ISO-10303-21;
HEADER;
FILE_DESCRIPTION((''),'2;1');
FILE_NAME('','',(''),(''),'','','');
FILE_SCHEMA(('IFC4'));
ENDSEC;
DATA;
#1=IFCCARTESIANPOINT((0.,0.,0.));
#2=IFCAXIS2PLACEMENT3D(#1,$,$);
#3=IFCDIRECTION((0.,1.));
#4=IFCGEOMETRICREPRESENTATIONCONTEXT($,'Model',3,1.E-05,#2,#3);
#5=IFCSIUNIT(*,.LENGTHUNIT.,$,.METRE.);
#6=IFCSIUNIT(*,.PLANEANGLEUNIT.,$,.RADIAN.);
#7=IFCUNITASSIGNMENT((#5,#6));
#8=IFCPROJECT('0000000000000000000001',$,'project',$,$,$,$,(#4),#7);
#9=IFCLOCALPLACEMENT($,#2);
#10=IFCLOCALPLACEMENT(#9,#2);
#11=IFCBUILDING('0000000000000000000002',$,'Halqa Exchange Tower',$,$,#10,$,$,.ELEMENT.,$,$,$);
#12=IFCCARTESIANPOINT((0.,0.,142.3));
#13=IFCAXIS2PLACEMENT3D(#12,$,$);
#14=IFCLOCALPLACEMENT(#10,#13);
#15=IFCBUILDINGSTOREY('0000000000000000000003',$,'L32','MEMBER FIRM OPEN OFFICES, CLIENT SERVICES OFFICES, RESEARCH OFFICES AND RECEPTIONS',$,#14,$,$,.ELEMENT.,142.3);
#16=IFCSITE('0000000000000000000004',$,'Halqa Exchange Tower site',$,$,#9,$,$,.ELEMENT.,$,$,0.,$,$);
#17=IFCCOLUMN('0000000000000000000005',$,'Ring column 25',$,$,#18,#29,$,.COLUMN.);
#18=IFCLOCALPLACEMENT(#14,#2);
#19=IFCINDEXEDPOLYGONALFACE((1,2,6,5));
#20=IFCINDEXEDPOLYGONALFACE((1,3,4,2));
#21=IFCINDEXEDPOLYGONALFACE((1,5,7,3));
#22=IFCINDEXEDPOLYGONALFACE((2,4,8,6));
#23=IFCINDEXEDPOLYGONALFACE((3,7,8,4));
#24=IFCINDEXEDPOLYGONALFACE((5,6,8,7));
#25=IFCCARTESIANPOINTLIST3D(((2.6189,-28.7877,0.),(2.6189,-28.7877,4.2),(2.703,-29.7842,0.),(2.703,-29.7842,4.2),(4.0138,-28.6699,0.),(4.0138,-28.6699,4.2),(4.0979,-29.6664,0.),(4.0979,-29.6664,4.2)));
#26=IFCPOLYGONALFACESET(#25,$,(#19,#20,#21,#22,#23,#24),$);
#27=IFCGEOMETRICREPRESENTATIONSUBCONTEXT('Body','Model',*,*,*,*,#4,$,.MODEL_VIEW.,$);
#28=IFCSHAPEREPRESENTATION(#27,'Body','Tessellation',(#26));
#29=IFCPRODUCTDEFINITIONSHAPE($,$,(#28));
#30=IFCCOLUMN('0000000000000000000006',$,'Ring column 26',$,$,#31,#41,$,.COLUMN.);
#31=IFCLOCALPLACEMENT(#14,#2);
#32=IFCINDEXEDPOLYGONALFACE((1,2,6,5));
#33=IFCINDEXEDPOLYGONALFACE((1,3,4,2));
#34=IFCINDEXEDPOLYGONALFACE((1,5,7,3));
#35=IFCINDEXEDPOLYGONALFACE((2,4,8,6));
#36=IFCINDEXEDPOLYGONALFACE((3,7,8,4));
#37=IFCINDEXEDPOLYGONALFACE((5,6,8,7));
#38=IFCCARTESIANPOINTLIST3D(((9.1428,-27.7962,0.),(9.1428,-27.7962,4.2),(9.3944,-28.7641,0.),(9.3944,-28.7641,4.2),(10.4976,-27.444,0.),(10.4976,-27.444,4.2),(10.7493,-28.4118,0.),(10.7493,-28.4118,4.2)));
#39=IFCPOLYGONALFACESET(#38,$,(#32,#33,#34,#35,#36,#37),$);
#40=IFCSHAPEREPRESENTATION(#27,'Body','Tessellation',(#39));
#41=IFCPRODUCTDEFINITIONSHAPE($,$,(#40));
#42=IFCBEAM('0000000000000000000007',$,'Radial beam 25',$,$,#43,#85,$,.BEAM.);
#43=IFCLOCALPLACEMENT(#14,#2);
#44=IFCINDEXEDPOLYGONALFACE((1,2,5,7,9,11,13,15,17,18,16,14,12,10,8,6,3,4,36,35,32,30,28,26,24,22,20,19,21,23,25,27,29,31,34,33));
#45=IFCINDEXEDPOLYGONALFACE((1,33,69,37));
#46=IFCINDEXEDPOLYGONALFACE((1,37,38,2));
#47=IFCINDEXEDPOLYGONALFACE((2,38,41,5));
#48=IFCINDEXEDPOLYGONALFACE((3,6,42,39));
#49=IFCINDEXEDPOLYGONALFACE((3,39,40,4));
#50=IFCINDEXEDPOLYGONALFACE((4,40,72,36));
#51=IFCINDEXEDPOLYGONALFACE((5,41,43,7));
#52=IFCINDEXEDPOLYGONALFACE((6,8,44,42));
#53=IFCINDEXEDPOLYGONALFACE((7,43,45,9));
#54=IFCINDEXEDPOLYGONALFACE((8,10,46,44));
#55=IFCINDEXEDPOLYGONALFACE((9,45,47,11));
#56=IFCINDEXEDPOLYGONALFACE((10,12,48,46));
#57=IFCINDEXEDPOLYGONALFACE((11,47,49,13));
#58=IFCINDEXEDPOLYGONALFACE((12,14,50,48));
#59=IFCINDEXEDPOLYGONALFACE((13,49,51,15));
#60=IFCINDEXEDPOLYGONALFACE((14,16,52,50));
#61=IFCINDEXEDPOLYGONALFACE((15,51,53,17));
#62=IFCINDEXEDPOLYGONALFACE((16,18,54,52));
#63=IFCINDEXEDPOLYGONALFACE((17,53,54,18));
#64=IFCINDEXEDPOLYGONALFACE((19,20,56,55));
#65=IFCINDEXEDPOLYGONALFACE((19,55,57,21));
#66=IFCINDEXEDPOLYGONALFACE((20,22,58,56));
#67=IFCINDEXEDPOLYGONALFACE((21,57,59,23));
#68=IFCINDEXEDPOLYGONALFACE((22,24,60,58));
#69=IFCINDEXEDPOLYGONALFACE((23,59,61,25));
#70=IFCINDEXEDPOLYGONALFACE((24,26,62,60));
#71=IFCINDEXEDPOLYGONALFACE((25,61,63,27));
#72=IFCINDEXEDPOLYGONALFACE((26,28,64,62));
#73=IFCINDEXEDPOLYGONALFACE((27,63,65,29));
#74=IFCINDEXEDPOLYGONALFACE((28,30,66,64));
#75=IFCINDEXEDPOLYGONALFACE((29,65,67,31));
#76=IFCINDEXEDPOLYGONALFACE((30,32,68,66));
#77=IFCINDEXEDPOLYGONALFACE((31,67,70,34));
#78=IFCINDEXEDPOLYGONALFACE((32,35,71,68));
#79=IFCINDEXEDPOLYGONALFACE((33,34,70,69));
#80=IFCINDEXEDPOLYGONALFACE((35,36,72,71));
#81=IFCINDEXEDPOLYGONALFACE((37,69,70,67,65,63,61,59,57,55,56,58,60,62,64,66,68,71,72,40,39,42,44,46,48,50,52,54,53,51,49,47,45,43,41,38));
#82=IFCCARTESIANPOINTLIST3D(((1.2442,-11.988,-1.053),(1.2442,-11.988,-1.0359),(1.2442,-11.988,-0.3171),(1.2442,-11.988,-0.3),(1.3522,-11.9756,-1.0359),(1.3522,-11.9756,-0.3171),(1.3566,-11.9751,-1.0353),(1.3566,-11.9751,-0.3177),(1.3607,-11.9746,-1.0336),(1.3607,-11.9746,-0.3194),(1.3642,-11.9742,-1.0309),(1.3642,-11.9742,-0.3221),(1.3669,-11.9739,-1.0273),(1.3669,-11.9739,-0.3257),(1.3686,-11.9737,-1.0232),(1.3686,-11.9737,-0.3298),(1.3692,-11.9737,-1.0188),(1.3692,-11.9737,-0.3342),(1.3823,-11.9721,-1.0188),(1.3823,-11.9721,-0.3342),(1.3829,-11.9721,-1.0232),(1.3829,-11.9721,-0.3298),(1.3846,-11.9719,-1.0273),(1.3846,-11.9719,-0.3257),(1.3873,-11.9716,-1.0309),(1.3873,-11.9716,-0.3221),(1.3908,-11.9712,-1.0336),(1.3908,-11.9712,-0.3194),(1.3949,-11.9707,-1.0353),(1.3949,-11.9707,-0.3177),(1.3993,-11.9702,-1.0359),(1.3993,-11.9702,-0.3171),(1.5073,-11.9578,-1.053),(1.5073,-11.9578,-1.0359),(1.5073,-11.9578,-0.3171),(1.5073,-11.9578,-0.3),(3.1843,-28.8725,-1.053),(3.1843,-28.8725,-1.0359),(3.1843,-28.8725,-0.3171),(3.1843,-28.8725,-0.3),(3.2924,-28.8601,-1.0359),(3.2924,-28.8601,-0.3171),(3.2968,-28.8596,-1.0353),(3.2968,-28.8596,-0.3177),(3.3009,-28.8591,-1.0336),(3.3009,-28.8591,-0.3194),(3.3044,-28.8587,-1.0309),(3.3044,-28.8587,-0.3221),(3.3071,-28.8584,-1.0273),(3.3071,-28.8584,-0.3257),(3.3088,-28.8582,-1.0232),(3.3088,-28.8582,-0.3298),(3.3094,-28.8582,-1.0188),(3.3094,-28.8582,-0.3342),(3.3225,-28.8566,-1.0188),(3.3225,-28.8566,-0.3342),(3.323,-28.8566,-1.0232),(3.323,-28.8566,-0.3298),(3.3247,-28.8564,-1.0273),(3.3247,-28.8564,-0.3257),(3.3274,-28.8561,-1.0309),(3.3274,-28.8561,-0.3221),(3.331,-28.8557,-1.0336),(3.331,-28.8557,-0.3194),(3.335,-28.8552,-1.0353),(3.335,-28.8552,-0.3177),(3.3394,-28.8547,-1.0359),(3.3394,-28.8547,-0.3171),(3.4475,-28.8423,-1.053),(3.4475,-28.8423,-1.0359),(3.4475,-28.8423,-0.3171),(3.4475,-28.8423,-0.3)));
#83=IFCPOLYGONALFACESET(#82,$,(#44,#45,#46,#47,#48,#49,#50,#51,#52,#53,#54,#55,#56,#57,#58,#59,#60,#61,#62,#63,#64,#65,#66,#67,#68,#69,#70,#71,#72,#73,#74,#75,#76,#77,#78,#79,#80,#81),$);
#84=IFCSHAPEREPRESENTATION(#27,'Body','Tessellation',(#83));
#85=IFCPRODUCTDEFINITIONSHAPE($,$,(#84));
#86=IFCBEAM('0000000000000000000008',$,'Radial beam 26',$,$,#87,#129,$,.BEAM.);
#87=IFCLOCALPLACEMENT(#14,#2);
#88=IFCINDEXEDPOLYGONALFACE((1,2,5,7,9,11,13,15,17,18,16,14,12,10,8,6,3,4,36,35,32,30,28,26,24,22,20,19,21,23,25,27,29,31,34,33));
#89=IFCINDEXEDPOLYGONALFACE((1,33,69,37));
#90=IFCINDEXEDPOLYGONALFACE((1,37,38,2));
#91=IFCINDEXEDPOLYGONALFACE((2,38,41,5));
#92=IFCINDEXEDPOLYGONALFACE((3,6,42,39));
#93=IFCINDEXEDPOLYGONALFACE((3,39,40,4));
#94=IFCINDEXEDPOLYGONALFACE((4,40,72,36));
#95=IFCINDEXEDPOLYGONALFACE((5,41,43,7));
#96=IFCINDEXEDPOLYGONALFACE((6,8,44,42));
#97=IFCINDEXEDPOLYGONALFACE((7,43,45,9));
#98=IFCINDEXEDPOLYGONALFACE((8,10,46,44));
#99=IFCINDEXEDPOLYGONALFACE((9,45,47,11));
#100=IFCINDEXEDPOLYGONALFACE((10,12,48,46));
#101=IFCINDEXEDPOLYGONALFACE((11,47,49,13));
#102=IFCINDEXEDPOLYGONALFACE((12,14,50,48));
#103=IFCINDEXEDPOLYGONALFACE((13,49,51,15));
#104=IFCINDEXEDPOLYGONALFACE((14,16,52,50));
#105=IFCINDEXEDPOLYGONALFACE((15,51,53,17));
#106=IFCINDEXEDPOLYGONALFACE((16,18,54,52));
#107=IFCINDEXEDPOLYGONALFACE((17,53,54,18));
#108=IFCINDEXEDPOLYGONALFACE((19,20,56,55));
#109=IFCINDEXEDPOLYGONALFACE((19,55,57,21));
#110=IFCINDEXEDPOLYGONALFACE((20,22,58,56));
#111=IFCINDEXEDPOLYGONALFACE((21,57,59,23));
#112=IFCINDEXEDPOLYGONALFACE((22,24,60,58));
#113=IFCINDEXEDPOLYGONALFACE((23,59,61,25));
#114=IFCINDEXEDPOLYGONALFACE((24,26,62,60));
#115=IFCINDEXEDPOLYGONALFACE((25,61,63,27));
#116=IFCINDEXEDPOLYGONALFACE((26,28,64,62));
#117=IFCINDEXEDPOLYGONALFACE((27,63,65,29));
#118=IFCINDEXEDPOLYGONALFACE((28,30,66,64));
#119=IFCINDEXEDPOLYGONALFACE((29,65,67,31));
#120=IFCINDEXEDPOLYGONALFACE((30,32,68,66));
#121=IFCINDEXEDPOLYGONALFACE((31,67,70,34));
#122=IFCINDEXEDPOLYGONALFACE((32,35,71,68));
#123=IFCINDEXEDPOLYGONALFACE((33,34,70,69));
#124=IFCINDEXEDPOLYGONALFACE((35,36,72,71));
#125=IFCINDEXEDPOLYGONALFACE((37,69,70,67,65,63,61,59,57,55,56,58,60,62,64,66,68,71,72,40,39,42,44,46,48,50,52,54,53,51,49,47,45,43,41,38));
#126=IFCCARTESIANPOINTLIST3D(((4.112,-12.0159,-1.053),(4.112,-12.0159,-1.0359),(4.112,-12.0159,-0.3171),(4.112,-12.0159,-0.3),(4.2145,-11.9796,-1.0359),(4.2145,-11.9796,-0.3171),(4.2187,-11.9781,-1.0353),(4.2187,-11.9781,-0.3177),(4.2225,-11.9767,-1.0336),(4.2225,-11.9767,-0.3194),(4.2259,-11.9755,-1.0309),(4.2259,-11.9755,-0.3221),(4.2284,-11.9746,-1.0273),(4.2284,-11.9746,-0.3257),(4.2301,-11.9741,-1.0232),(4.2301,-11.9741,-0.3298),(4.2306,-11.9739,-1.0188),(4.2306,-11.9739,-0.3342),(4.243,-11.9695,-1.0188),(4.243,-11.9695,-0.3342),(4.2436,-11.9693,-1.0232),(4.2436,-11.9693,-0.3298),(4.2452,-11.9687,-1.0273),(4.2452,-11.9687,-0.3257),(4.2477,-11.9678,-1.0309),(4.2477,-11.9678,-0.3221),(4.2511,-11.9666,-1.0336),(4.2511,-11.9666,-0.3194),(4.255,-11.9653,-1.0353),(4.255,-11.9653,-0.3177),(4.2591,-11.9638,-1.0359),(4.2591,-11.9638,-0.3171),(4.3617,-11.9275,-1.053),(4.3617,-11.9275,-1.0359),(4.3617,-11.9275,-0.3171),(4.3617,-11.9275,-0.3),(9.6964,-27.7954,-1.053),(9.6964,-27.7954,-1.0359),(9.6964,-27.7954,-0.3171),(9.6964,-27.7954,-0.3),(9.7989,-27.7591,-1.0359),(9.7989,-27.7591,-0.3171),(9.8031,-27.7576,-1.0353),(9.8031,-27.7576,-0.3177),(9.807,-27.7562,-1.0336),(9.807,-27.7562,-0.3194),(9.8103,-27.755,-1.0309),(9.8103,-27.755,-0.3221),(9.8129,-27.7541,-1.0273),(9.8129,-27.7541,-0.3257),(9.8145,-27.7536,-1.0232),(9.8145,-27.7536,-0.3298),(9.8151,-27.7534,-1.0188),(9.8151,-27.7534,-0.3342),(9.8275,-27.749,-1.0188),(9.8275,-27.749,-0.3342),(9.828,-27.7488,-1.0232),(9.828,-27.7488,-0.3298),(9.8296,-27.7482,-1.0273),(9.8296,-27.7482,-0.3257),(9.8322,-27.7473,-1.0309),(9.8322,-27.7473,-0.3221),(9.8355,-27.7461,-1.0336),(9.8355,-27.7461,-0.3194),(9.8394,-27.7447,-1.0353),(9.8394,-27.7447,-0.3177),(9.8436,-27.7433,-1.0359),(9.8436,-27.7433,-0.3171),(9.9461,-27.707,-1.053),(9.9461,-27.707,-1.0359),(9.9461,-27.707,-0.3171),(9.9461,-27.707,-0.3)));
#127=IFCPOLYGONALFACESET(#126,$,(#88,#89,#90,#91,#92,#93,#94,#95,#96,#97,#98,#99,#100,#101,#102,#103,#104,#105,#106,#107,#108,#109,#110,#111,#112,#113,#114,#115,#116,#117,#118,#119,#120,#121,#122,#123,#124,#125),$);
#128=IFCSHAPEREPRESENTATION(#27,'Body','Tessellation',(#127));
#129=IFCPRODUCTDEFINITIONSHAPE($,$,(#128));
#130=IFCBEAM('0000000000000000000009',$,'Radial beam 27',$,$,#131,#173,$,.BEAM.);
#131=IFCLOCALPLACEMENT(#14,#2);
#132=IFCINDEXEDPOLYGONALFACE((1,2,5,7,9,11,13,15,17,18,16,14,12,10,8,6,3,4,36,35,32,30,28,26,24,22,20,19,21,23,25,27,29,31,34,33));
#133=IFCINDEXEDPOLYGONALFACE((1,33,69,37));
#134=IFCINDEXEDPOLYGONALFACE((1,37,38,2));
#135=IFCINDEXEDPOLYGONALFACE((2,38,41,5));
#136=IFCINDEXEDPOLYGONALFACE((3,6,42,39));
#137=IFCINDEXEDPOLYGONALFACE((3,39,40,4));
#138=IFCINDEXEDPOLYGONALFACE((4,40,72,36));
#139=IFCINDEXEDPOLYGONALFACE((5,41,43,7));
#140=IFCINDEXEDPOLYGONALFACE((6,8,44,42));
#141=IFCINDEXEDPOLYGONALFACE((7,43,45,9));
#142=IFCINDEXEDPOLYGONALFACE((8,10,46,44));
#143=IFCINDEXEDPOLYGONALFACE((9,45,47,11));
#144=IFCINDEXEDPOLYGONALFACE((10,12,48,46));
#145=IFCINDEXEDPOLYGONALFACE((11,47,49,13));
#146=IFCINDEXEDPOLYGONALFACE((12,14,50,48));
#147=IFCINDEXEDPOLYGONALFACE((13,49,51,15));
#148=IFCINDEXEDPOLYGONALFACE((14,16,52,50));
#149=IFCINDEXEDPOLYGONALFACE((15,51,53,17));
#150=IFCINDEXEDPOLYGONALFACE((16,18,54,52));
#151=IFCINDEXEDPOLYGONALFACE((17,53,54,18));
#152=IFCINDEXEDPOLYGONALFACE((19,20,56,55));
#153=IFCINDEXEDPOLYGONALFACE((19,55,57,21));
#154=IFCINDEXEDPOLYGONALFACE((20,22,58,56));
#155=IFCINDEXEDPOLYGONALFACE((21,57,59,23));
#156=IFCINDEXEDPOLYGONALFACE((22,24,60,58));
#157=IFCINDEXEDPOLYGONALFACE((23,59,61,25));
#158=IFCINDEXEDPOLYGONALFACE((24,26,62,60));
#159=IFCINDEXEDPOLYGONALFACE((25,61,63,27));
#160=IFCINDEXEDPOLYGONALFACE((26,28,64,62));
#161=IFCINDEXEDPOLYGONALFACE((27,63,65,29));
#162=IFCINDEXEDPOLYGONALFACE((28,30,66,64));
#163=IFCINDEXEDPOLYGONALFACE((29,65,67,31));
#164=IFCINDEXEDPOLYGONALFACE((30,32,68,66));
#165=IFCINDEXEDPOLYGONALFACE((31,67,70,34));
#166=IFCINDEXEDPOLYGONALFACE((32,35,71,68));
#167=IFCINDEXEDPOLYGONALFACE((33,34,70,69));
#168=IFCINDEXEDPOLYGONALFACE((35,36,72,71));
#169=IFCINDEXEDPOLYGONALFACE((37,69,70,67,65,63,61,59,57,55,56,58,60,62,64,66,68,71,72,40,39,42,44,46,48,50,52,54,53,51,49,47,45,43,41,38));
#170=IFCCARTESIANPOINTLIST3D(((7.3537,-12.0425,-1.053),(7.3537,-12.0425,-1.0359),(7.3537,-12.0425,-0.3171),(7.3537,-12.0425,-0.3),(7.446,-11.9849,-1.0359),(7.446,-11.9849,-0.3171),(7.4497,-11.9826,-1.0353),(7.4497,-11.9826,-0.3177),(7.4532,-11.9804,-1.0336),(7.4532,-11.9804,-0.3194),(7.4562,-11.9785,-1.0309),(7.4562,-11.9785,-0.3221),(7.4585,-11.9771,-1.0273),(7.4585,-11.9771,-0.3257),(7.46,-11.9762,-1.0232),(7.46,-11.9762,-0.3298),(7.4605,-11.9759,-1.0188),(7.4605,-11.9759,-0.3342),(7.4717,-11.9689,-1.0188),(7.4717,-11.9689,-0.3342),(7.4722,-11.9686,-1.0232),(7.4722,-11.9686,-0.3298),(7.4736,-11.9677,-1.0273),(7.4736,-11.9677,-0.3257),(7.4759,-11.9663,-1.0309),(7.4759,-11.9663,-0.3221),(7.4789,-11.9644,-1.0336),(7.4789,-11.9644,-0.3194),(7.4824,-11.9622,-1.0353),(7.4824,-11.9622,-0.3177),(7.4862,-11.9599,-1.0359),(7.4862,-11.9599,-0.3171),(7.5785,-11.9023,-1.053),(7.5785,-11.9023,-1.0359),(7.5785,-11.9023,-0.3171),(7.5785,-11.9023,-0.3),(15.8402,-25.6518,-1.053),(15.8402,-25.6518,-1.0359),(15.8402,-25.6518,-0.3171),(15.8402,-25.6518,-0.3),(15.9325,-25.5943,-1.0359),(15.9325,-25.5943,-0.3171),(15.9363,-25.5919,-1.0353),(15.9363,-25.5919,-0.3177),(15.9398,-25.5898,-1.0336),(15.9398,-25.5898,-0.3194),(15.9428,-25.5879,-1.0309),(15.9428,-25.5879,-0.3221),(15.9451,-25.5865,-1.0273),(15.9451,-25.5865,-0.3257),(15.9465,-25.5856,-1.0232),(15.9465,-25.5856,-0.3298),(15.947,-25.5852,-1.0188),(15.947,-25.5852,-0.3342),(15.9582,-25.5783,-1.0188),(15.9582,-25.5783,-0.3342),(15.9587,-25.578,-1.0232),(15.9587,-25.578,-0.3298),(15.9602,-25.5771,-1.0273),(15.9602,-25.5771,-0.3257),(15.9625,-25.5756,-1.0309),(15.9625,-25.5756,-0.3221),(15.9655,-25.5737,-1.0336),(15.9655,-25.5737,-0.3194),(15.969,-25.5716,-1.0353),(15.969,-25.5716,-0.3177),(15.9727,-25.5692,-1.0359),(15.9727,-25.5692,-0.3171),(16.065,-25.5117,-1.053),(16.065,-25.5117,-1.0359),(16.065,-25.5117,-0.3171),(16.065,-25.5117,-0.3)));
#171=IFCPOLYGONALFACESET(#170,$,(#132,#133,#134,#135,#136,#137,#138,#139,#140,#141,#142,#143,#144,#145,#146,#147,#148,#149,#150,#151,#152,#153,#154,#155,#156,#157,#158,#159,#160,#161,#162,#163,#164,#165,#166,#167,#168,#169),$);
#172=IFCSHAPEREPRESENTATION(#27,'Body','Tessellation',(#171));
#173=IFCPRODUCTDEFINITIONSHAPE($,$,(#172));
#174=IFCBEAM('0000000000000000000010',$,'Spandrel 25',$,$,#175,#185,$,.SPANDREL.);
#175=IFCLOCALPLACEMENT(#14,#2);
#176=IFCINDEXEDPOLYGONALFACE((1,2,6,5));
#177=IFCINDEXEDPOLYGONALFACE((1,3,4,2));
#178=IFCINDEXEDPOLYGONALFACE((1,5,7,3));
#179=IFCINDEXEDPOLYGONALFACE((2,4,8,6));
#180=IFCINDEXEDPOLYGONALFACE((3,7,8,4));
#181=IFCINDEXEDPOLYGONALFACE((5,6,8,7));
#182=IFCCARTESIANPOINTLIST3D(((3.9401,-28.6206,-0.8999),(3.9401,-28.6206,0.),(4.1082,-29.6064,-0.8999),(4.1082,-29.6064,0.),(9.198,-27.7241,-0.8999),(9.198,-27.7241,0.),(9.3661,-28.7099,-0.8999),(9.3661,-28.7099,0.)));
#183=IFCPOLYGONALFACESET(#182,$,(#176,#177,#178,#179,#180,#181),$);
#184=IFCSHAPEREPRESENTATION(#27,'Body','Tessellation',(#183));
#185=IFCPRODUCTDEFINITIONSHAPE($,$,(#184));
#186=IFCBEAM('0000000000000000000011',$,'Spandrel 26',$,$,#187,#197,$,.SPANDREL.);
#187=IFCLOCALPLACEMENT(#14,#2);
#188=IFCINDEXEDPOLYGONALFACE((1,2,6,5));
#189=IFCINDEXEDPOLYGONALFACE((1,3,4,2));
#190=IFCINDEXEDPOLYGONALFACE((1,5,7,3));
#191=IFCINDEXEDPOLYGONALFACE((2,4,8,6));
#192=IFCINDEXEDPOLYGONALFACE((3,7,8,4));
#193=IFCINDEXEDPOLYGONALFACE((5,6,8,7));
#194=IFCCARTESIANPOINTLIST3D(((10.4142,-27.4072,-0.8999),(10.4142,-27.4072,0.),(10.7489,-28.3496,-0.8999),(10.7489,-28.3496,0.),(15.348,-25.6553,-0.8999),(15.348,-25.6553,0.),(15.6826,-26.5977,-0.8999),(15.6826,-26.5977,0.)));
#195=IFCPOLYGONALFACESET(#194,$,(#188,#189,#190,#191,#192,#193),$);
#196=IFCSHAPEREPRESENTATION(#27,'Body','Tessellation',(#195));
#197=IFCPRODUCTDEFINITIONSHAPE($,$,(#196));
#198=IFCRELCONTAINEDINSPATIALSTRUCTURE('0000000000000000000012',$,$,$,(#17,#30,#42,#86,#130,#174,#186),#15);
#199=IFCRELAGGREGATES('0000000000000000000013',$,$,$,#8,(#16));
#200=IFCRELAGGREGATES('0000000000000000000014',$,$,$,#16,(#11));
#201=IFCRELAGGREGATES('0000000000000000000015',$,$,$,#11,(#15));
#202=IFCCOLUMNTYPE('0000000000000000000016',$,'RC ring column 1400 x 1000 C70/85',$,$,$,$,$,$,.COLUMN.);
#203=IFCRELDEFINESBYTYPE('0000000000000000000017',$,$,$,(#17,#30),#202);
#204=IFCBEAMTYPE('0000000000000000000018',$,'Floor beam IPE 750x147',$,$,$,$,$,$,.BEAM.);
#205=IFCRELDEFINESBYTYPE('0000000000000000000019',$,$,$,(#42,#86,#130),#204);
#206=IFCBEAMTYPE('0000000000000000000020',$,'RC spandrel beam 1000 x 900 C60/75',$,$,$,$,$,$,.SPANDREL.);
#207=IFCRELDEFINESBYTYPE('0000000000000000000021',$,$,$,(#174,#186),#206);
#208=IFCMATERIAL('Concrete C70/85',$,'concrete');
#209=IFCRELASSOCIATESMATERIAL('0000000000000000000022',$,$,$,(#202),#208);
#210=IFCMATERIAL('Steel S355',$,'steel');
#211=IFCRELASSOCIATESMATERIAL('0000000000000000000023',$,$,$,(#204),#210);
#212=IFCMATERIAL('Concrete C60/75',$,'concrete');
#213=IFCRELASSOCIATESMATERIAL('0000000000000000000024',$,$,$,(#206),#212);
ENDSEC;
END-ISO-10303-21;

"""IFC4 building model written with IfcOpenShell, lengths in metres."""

from ifc_helpers import new_model, si_unit, direction, frame, origin, origin_2d, place, context, subcontext, project, spatial, rectangle, i_section, extrude, material, material_profile, profile_set, type_object, element, save


model = new_model("IFC4")

# Units and contexts
model_context = context("Model", 3, precision=1e-05, world=origin(), true_north=direction((0.0, 1.0)))
body_context = subcontext(model_context, "Body", "Model", "MODEL_VIEW")
ifc_project = project(units=[si_unit("LENGTHUNIT", "METRE"), si_unit("PLANEANGLEUNIT", "RADIAN")], contexts=[model_context])

# Site, building, storey
site_placement = place(None, origin())
site = spatial("IfcSite", under=ifc_project, at=site_placement, Name="Halqa Exchange Tower site", CompositionType="ELEMENT", RefElevation=0.0)
building_placement = place(site_placement, origin())
building = spatial("IfcBuilding", under=site, at=building_placement, Name="Halqa Exchange Tower", CompositionType="ELEMENT")
storey_placement = place(building_placement, frame((0.0, 0.0, 142.3)))
storey = spatial("IfcBuildingStorey", under=building, at=storey_placement, Name="L32", Description="MEMBER FIRM OPEN OFFICES, CLIENT SERVICES OFFICES, RESEARCH OFFICES AND RECEPTIONS", CompositionType="ELEMENT", Elevation=142.3)

# Columns
ifc_material_1 = material(Name="Concrete C70/85", Category="concrete")
ifc_material_profile_1 = material_profile(ifc_material_1, rectangle(XDim=1.3999, YDim=1.0, at=origin_2d()), Name="1400 x 1000")
ifc_profile_set_1 = profile_set([ifc_material_profile_1], Name="Concrete C70/85")
column_type = type_object("IfcColumnType", Name="RC ring column 1400 x 1000 C70/85", PredefinedType="COLUMN", material=ifc_profile_set_1)
for number, where, z_axis, x_axis, name in (
    (1, (3.3584, -29.2271, 0.0), (0.0, 0.0, 1.0), (0.996455, 0.084123, 0.0), "Ring column 25"),
    (2, (9.946, -28.104, 0.0), (0.0, 0.0, 1.0), (0.96782, 0.251645, 0.0), "Ring column 26"),
):
    element("IfcColumn", number, at=place(storey_placement, frame(where, z_axis=z_axis, x_axis=x_axis)), inside=storey, type_object=column_type, Name=name, PredefinedType="COLUMN", context=body_context, shape_type="SweptSolid", body=[
        extrude(rectangle(XDim=1.3999, YDim=1.0, at=origin_2d()), origin(), (0.0, 0.0, 1.0), 4.2),
    ])

# Beams
ifc_material_2 = material(Name="Steel S355", Category="steel")
ifc_material_profile_2 = material_profile(ifc_material_2, i_section(OverallWidth=0.2649, OverallDepth=0.7529, WebThickness=0.0132, FlangeThickness=0.0171, FilletRadius=0.0171, at=origin_2d()), Name="IPE 750x147")
ifc_profile_set_2 = profile_set([ifc_material_profile_2], Name="Steel S355")
beam_type_1 = type_object("IfcBeamType", Name="Floor beam IPE 750x147", PredefinedType="BEAM", material=ifc_profile_set_2)
beam_1_placement = place(storey_placement, frame((1.3757, -11.9729, -0.6765), z_axis=(0.114158, -0.993463, 0.0), x_axis=(0.993463, 0.114158, 0.0)))
element("IfcBeam", 3, at=beam_1_placement, inside=storey, type_object=beam_type_1, Name="Radial beam 25", PredefinedType="BEAM", context=body_context, shape_type="SweptSolid", body=[
    extrude(i_section(OverallWidth=0.2649, OverallDepth=0.7529, WebThickness=0.0132, FlangeThickness=0.0171, FilletRadius=0.0171, at=origin_2d()), origin(), (0.0, 0.0, 1.0), 16.9956),
])
beam_2_placement = place(storey_placement, frame((4.2368, -11.9717, -0.6765), z_axis=(0.333629, -0.942705, 0.0), x_axis=(0.942705, 0.333629, 0.0)))
element("IfcBeam", 4, at=beam_2_placement, inside=storey, type_object=beam_type_1, Name="Radial beam 26", PredefinedType="BEAM", context=body_context, shape_type="SweptSolid", body=[
    extrude(i_section(OverallWidth=0.2649, OverallDepth=0.7529, WebThickness=0.0132, FlangeThickness=0.0171, FilletRadius=0.0171, at=origin_2d()), origin(), (0.0, 0.0, 1.0), 16.7385),
])
beam_3_placement = place(storey_placement, frame((7.4661, -11.9724, -0.6765), z_axis=(0.529134, -0.848538, 0.0), x_axis=(0.848538, 0.529134, 0.0)))
element("IfcBeam", 5, at=beam_3_placement, inside=storey, type_object=beam_type_1, Name="Radial beam 27", PredefinedType="BEAM", context=body_context, shape_type="SweptSolid", body=[
    extrude(i_section(OverallWidth=0.2649, OverallDepth=0.7529, WebThickness=0.0132, FlangeThickness=0.0171, FilletRadius=0.0171, at=origin_2d()), origin(), (0.0, 0.0, 1.0), 16.0386),
])
ifc_material_3 = material(Name="Concrete C60/75", Category="concrete")
ifc_material_profile_3 = material_profile(ifc_material_3, rectangle(XDim=1.0, YDim=0.8999, at=origin_2d()), Name="1000 x 900")
ifc_profile_set_3 = profile_set([ifc_material_profile_3], Name="Concrete C60/75")
beam_type_2 = type_object("IfcBeamType", Name="RC spandrel beam 1000 x 900 C60/75", PredefinedType="SPANDREL", material=ifc_profile_set_3)
beam_4_placement = place(storey_placement, frame((4.0242, -29.1135, -0.45), z_axis=(0.985773, 0.168079, 0.0), x_axis=(-0.168079, 0.985773, 0.0)))
element("IfcBeam", 6, at=beam_4_placement, inside=storey, type_object=beam_type_2, Name="Spandrel 25", PredefinedType="SPANDREL", context=body_context, shape_type="SweptSolid", body=[
    extrude(rectangle(XDim=1.0, YDim=0.8999, at=origin_2d()), origin(), (0.0, 0.0, 1.0), 5.3337),
])
beam_5_placement = place(storey_placement, frame((10.5815, -27.8784, -0.45), z_axis=(0.942353, 0.33462, 0.0), x_axis=(-0.33462, 0.942353, 0.0)))
element("IfcBeam", 7, at=beam_5_placement, inside=storey, type_object=beam_type_2, Name="Spandrel 26", PredefinedType="SPANDREL", context=body_context, shape_type="SweptSolid", body=[
    extrude(rectangle(XDim=1.0, YDim=0.8999, at=origin_2d()), origin(), (0.0, 0.0, 1.0), 5.2356),
])

save(model, "model.ifc")
